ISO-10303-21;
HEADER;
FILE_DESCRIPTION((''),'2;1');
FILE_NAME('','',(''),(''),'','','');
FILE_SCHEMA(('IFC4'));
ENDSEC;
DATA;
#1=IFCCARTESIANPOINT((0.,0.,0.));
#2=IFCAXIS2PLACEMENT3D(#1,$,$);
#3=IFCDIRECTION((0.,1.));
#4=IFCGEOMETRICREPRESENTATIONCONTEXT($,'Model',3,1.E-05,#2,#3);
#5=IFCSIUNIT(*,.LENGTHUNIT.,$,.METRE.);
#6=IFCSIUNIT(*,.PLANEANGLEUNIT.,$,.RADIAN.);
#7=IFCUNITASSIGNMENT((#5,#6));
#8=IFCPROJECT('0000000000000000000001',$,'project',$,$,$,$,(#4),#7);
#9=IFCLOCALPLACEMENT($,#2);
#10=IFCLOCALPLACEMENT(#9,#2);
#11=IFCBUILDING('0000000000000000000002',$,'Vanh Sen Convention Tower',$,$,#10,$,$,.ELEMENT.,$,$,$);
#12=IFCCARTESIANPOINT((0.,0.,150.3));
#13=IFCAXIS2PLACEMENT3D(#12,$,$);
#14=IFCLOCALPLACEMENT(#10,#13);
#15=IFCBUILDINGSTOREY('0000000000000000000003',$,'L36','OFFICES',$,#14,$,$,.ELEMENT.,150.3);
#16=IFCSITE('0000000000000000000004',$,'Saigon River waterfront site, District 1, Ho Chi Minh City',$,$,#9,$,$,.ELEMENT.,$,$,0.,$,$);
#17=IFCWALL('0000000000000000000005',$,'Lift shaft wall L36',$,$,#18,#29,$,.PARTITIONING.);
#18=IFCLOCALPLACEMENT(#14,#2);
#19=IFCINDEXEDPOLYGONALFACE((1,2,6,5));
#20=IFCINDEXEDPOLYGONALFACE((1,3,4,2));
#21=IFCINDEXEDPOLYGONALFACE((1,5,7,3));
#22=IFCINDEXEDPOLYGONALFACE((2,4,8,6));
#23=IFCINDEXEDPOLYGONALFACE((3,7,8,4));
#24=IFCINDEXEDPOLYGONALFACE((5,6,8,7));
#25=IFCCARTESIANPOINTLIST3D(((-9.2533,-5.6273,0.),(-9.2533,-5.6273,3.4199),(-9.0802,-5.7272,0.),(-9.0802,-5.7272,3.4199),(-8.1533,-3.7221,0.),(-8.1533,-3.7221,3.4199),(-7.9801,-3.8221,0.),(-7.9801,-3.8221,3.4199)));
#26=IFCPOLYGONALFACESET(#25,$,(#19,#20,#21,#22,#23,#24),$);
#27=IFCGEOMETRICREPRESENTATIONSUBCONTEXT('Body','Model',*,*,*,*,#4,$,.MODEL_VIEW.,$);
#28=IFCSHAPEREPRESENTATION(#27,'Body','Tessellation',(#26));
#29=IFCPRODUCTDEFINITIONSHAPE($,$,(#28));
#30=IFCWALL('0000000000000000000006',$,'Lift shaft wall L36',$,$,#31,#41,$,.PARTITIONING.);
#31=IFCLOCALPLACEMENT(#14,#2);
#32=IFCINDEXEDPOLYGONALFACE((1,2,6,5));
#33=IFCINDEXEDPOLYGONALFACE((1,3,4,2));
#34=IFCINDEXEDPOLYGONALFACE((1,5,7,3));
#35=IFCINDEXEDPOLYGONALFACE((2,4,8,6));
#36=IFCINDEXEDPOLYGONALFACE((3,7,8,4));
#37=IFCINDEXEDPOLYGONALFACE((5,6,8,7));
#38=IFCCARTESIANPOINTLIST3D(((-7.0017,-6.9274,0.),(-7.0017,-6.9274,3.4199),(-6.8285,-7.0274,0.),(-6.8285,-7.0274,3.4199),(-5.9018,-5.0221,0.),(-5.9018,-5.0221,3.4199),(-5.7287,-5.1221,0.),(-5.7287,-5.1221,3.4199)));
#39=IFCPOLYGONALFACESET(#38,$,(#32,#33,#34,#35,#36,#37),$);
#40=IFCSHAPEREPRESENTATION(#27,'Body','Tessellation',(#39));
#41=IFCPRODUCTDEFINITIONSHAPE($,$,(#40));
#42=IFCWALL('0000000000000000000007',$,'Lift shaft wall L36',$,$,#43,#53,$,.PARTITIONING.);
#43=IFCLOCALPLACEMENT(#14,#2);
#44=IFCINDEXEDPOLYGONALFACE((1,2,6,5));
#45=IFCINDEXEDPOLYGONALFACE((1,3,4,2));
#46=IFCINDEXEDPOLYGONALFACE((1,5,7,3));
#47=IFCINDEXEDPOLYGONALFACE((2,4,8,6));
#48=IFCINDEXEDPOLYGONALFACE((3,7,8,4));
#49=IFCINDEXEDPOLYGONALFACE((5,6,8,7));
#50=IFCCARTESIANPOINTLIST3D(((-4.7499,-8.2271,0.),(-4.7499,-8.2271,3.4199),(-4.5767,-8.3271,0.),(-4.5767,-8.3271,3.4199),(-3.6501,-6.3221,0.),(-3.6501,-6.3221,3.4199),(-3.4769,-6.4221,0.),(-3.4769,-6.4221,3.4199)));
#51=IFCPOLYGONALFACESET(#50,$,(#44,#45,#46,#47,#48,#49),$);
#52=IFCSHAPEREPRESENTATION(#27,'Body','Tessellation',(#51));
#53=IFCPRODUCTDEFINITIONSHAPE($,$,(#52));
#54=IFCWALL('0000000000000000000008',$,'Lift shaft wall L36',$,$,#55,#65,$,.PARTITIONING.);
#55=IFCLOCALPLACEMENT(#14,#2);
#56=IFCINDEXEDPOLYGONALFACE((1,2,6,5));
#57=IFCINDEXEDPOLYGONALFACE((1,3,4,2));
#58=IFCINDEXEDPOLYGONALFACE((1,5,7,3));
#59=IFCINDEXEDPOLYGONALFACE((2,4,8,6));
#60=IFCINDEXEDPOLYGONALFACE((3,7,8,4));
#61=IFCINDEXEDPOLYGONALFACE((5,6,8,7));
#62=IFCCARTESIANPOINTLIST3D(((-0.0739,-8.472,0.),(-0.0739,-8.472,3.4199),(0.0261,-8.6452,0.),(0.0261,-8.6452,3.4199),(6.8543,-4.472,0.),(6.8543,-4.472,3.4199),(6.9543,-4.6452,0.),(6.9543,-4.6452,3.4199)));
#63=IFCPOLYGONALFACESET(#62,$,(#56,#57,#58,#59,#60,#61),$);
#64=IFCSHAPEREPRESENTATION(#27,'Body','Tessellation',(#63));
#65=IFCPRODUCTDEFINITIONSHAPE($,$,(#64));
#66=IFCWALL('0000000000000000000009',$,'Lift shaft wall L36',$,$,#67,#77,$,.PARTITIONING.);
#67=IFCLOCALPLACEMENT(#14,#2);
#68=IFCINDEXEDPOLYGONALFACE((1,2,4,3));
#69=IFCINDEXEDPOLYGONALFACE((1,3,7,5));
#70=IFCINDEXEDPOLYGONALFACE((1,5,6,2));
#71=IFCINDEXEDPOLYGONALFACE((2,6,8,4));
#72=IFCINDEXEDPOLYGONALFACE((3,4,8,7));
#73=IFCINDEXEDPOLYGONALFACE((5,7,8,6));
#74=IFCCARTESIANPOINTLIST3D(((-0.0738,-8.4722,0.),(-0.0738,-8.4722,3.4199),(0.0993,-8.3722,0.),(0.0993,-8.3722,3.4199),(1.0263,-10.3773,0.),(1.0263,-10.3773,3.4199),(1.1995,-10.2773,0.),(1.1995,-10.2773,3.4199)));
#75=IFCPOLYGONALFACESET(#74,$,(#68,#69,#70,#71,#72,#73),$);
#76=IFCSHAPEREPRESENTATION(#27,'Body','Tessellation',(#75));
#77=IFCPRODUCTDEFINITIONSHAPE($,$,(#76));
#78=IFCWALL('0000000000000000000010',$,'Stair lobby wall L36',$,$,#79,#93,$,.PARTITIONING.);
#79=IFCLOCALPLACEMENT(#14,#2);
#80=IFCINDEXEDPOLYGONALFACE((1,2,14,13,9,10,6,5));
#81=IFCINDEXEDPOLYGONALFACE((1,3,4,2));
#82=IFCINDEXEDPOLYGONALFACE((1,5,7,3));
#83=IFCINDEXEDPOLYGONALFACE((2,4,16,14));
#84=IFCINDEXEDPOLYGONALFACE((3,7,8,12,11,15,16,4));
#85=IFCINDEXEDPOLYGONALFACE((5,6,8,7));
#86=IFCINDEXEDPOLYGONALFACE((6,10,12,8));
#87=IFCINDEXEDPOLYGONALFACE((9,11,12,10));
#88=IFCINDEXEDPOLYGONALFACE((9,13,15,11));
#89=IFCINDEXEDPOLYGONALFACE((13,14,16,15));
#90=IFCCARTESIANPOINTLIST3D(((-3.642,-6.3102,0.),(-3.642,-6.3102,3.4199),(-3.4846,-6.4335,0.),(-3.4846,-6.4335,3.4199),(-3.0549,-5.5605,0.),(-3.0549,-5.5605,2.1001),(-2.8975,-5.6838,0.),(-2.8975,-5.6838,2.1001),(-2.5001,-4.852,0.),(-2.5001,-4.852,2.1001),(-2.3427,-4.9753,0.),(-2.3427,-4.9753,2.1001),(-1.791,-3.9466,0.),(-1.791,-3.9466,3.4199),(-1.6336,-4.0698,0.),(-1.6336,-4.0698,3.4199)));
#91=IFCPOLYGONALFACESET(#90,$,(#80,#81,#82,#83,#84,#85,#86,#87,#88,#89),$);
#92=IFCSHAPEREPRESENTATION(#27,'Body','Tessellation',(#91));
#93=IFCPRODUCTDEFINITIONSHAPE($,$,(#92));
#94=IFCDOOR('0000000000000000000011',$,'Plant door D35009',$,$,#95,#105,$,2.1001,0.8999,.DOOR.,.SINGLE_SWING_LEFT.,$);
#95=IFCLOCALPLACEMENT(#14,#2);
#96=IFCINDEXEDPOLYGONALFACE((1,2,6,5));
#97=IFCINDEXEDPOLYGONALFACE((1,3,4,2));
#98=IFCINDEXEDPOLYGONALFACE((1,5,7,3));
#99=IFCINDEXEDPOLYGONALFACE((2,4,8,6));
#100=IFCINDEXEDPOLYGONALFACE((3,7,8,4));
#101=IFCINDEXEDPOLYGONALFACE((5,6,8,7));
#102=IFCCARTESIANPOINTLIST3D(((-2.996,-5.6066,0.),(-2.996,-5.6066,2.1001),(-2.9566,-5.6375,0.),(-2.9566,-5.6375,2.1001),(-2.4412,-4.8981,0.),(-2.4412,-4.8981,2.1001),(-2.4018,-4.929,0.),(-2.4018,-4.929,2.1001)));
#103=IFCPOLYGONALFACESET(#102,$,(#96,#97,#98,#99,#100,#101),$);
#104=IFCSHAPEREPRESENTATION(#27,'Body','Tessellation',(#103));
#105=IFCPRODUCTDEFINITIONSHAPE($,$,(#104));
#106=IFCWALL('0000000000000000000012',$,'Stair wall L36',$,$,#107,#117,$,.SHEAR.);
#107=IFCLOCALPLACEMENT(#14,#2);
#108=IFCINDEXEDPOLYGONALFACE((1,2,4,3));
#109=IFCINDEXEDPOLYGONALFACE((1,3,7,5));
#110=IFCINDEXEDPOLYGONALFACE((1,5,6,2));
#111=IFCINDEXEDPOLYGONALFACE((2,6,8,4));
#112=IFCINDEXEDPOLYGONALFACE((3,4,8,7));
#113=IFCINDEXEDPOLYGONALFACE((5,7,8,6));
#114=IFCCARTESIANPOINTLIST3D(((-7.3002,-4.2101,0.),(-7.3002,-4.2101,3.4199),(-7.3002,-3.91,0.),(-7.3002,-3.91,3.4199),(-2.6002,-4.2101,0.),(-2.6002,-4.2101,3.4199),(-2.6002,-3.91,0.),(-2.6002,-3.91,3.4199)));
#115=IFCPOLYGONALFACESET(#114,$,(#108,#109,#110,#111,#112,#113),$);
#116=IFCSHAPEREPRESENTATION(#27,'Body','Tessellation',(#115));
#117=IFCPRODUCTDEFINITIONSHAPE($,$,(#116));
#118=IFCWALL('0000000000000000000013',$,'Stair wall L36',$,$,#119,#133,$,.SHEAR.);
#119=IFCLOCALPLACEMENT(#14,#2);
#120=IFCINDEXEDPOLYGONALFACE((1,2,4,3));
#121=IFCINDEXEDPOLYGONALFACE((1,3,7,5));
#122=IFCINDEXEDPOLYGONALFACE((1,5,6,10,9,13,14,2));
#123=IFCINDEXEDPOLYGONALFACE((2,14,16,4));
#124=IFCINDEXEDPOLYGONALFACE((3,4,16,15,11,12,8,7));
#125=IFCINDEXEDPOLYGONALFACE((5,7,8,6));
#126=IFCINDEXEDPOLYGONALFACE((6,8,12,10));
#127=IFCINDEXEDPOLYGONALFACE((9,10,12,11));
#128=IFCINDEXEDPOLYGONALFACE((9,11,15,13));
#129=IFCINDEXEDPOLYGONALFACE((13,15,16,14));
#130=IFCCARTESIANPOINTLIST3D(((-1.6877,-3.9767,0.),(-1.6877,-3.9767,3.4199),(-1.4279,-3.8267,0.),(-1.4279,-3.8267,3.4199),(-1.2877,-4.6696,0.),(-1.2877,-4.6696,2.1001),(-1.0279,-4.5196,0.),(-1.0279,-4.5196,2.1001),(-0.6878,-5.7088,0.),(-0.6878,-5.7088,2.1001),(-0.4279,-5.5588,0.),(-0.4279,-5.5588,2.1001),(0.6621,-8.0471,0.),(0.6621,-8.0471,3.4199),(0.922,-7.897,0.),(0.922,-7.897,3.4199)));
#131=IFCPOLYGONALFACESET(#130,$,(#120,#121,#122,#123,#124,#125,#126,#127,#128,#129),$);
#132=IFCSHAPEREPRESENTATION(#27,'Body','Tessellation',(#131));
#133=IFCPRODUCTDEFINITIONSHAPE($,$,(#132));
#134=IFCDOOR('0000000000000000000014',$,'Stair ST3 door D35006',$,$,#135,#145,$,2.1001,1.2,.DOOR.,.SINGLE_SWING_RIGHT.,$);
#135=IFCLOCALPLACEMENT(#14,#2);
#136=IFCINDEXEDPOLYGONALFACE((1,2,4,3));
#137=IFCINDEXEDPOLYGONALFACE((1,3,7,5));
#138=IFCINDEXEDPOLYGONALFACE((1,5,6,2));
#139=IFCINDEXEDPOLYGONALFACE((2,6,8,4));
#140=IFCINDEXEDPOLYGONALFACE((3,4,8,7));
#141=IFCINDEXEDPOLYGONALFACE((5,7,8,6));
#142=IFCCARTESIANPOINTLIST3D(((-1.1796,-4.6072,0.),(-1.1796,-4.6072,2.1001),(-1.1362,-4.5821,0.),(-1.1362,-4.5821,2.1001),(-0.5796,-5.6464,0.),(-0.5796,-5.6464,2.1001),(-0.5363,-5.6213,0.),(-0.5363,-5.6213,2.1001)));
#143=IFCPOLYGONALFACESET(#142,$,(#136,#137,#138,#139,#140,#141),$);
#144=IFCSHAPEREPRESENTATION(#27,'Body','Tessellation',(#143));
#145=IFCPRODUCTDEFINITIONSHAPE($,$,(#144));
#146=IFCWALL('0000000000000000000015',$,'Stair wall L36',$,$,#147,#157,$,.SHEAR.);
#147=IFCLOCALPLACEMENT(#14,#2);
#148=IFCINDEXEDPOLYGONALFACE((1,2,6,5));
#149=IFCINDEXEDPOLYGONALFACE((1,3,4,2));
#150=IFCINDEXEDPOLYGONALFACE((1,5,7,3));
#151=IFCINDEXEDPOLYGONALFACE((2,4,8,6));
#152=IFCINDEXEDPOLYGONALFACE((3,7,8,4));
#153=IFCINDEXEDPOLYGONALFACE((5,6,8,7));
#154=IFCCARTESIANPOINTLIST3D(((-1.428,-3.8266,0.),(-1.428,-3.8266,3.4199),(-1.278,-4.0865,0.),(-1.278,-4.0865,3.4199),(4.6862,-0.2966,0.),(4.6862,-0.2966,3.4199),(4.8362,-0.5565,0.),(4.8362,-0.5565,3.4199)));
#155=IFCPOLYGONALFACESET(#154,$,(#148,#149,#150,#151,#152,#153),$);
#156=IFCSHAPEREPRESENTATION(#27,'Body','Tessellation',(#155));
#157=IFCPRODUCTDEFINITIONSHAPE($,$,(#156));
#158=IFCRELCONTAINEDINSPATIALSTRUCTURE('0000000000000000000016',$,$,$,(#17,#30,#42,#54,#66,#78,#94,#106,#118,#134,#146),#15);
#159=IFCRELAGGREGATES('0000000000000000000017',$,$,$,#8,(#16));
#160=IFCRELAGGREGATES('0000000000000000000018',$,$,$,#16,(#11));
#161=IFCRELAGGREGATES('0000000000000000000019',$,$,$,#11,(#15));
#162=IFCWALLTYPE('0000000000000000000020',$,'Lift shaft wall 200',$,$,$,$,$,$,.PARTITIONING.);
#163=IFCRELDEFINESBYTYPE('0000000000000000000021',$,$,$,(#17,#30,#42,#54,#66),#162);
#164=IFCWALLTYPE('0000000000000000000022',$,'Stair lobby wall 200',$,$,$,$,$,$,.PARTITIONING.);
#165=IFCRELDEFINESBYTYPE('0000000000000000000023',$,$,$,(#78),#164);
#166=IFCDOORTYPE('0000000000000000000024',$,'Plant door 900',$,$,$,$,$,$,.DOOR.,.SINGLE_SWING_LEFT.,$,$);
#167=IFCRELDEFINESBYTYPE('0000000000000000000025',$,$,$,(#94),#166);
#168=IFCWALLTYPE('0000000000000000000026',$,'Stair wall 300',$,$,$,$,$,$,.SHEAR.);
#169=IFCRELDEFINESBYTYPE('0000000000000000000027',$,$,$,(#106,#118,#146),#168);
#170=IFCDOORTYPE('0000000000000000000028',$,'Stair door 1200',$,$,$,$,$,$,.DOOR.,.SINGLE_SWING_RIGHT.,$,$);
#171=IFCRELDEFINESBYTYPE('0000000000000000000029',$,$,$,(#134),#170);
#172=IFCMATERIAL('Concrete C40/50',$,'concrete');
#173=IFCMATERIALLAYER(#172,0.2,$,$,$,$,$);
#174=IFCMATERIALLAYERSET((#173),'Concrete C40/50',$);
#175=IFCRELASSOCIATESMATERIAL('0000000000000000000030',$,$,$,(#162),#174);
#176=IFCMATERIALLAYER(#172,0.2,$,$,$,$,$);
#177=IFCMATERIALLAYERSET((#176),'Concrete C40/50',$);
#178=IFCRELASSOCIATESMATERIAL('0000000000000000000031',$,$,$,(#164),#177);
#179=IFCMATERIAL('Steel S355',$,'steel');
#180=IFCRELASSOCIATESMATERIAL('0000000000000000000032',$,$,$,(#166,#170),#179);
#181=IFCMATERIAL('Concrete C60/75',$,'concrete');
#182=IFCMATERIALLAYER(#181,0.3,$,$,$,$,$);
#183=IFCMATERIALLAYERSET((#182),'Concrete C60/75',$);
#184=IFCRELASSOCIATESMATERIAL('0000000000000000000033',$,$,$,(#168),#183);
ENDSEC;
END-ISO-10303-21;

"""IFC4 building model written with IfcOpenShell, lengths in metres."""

from ifc_helpers import new_model, si_unit, direction, frame, frame_2d, origin, place, context, subcontext, project, spatial, rectangle, extrude, material, layer, layer_set, type_object, element, fill, save


model = new_model("IFC4")

# Units and contexts
model_context = context("Model", 3, precision=1e-05, world=origin(), true_north=direction((0.0, 1.0)))
body_context = subcontext(model_context, "Body", "Model", "MODEL_VIEW")
ifc_project = project(units=[si_unit("LENGTHUNIT", "METRE"), si_unit("PLANEANGLEUNIT", "RADIAN")], contexts=[model_context])

# Site, building, storey
site_placement = place(None, origin())
site = spatial("IfcSite", under=ifc_project, at=site_placement, Name="Saigon River waterfront site, District 1, Ho Chi Minh City", CompositionType="ELEMENT", RefElevation=0.0)
building_placement = place(site_placement, origin())
building = spatial("IfcBuilding", under=site, at=building_placement, Name="Vanh Sen Convention Tower", CompositionType="ELEMENT")
storey_placement = place(building_placement, frame((0.0, 0.0, 150.3)))
storey = spatial("IfcBuildingStorey", under=building, at=storey_placement, Name="L36", Description="OFFICES", CompositionType="ELEMENT", Elevation=150.3)

# Shared definitions
ifc_material_1 = material(Name="Concrete C40/50", Category="concrete")

# Shared definitions
ifc_material_2 = material(Name="Steel S355", Category="steel")

# Walls
ifc_layer_1 = layer(ifc_material_1, 0.2)
ifc_layer_set_1 = layer_set([ifc_layer_1], Name="Concrete C40/50")
wall_type_1 = type_object("IfcWallType", Name="Lift shaft wall 200", PredefinedType="PARTITIONING", material=ifc_layer_set_1)
for number, where, z_axis, x_axis, name in (
    (1, (-8.0667, -3.772, 0.0), (0.0, 0.0, 1.0), (-0.50003, -0.866008, 0.0), "Lift shaft wall L36"),
    (2, (-5.8152, -5.072, 0.0), (0.0, 0.0, 1.0), (-0.499947, -0.866056, 0.0), "Lift shaft wall L36"),
):
    element("IfcWall", number, at=place(storey_placement, frame(where, z_axis=z_axis, x_axis=x_axis)), inside=storey, type_object=wall_type_1, Name=name, PredefinedType="PARTITIONING", context=body_context, shape_type="SweptSolid", body=[
        extrude(rectangle(XDim=2.2, YDim=0.2, at=frame_2d((1.1001, 0.0))), origin(), (0.0, 0.0, 1.0), 3.4199),
    ])
wall_1_placement = place(storey_placement, frame((-3.5635, -6.3721, 0.0), z_axis=(0.0, 0.0, 1.0), x_axis=(-0.499995, -0.866028, 0.0)))
element("IfcWall", 3, at=wall_1_placement, inside=storey, type_object=wall_type_1, Name="Lift shaft wall L36", PredefinedType="PARTITIONING", context=body_context, shape_type="SweptSolid", body=[
    extrude(rectangle(XDim=2.1997, YDim=0.2, at=frame_2d((1.0999, 0.0))), origin(), (0.0, 0.0, 1.0), 3.4199),
])
wall_2_placement = place(storey_placement, frame((-0.0239, -8.5586, 0.0), z_axis=(0.0, 0.0, 1.0), x_axis=(0.866026, 0.499999, 0.0)))
element("IfcWall", 4, at=wall_2_placement, inside=storey, type_object=wall_type_1, Name="Lift shaft wall L36", PredefinedType="PARTITIONING", context=body_context, shape_type="SweptSolid", body=[
    extrude(rectangle(XDim=8.0, YDim=0.2, at=frame_2d((4.0, 0.0))), origin(), (0.0, 0.0, 1.0), 3.4199),
])
wall_3_placement = place(storey_placement, frame((0.0127, -8.4221, 0.0), z_axis=(0.0, 0.0, 1.0), x_axis=(0.500078, -0.86598, 0.0)))
element("IfcWall", 5, at=wall_3_placement, inside=storey, type_object=wall_type_1, Name="Lift shaft wall L36", PredefinedType="PARTITIONING", context=body_context, shape_type="SweptSolid", body=[
    extrude(rectangle(XDim=2.2, YDim=0.2, at=frame_2d((1.1001, 0.0))), origin(), (0.0, 0.0, 1.0), 3.4199),
])

# Wall, opening, door
ifc_layer_2 = layer(ifc_material_1, 0.2)
ifc_layer_set_2 = layer_set([ifc_layer_2], Name="Concrete C40/50")
wall_type_2 = type_object("IfcWallType", Name="Stair lobby wall 200", PredefinedType="PARTITIONING", material=ifc_layer_set_2)
wall_4_placement = place(storey_placement, frame((-1.7124, -4.0083, 0.0), z_axis=(0.0, 0.0, 1.0), x_axis=(-0.616549, -0.787316, 0.0)))
wall_4 = element("IfcWall", 6, at=wall_4_placement, inside=storey, type_object=wall_type_2, Name="Stair lobby wall L36", PredefinedType="PARTITIONING", context=body_context, shape_type="SweptSolid", body=[
    extrude(rectangle(XDim=3.0022, YDim=0.2, at=frame_2d((1.501, 0.0))), origin(), (0.0, 0.0, 1.0), 3.4199),
])
opening_1_placement = place(wall_4_placement, frame((1.1499, 0.0, 0.0)))
opening_1 = element("IfcOpeningElement", 7, at=opening_1_placement, cuts=wall_4, PredefinedType="OPENING", context=body_context, shape_type="SweptSolid", body=[
    extrude(rectangle(XDim=0.8999, YDim=2.1001, at=frame_2d((0.45, 1.05))), frame((0.0, 0.1099, 0.0), z_axis=(0.0, -1.0, 0.0), x_axis=(1.0, 0.0, 0.0)), (0.0, 0.0, 1.0), 0.22),
])
door_type_1 = type_object("IfcDoorType", Name="Plant door 900", OperationType="SINGLE_SWING_LEFT", PredefinedType="DOOR", material=ifc_material_2)
door_1_placement = place(opening_1_placement, origin())
door_1 = element("IfcDoor", 8, at=door_1_placement, inside=storey, type_object=door_type_1, Name="Plant door D35009", OperationType="SINGLE_SWING_LEFT", OverallHeight=2.1001, OverallWidth=0.8999, PredefinedType="DOOR", context=body_context, shape_type="SweptSolid", body=[
    extrude(rectangle(XDim=0.8999, YDim=2.1001, at=frame_2d((0.45, 1.05))), frame((0.0, 0.0249, 0.0), z_axis=(0.0, -1.0, 0.0), x_axis=(1.0, 0.0, 0.0)), (0.0, 0.0, 1.0), 0.05),
])
fill(opening_1, door_1)

# Wall
ifc_material_3 = material(Name="Concrete C60/75", Category="concrete")
ifc_layer_3 = layer(ifc_material_3, 0.3)
ifc_layer_set_3 = layer_set([ifc_layer_3], Name="Concrete C60/75")
wall_type_3 = type_object("IfcWallType", Name="Stair wall 300", PredefinedType="SHEAR", material=ifc_layer_set_3)
wall_5_placement = place(storey_placement, frame((-2.6001, -4.0601, 0.0), z_axis=(0.0, 0.0, 1.0), x_axis=(-1.0, 0.0, 0.0)))
element("IfcWall", 9, at=wall_5_placement, inside=storey, type_object=wall_type_3, Name="Stair wall L36", PredefinedType="SHEAR", context=body_context, shape_type="SweptSolid", body=[
    extrude(rectangle(XDim=4.7, YDim=0.3, at=frame_2d((2.3501, 0.0))), origin(), (0.0, 0.0, 1.0), 3.4199),
])

# Wall, opening, door
wall_6_placement = place(storey_placement, frame((-1.5579, -3.9016, 0.0), z_axis=(0.0, 0.0, 1.0), x_axis=(0.499977, -0.866039, 0.0)))
wall_6 = element("IfcWall", 10, at=wall_6_placement, inside=storey, type_object=wall_type_3, Name="Stair wall L36", PredefinedType="SHEAR", context=body_context, shape_type="SweptSolid", body=[
    extrude(rectangle(XDim=4.7, YDim=0.3, at=frame_2d((2.3501, 0.0))), origin(), (0.0, 0.0, 1.0), 3.4199),
])
opening_2_placement = place(wall_6_placement, frame((0.8, 0.0, 0.0)))
opening_2 = element("IfcOpeningElement", 11, at=opening_2_placement, cuts=wall_6, PredefinedType="OPENING", context=body_context, shape_type="SweptSolid", body=[
    extrude(rectangle(XDim=1.2, YDim=2.1001, at=frame_2d((0.6001, 1.05))), frame((0.0, 0.1599, 0.0), z_axis=(0.0, -1.0, 0.0), x_axis=(1.0, 0.0, 0.0)), (0.0, 0.0, 1.0), 0.3201),
])
door_type_2 = type_object("IfcDoorType", Name="Stair door 1200", OperationType="SINGLE_SWING_RIGHT", PredefinedType="DOOR", material=ifc_material_2)
door_2_placement = place(opening_2_placement, origin())
door_2 = element("IfcDoor", 12, at=door_2_placement, inside=storey, type_object=door_type_2, Name="Stair ST3 door D35006", OperationType="SINGLE_SWING_RIGHT", OverallHeight=2.1001, OverallWidth=1.2, PredefinedType="DOOR", context=body_context, shape_type="SweptSolid", body=[
    extrude(rectangle(XDim=1.2, YDim=2.1001, at=frame_2d((0.6001, 1.05))), frame((0.0, 0.0249, 0.0), z_axis=(0.0, -1.0, 0.0), x_axis=(1.0, 0.0, 0.0)), (0.0, 0.0, 1.0), 0.05),
])
fill(opening_2, door_2)

# Wall
wall_7_placement = place(storey_placement, frame((-1.353, -3.9565, 0.0), z_axis=(0.0, 0.0, 1.0), x_axis=(0.866028, 0.499996, 0.0)))
element("IfcWall", 13, at=wall_7_placement, inside=storey, type_object=wall_type_3, Name="Stair wall L36", PredefinedType="SHEAR", context=body_context, shape_type="SweptSolid", body=[
    extrude(rectangle(XDim=7.0601, YDim=0.3, at=frame_2d((3.53, 0.0))), origin(), (0.0, 0.0, 1.0), 3.4199),
])

save(model, "model.ifc")
